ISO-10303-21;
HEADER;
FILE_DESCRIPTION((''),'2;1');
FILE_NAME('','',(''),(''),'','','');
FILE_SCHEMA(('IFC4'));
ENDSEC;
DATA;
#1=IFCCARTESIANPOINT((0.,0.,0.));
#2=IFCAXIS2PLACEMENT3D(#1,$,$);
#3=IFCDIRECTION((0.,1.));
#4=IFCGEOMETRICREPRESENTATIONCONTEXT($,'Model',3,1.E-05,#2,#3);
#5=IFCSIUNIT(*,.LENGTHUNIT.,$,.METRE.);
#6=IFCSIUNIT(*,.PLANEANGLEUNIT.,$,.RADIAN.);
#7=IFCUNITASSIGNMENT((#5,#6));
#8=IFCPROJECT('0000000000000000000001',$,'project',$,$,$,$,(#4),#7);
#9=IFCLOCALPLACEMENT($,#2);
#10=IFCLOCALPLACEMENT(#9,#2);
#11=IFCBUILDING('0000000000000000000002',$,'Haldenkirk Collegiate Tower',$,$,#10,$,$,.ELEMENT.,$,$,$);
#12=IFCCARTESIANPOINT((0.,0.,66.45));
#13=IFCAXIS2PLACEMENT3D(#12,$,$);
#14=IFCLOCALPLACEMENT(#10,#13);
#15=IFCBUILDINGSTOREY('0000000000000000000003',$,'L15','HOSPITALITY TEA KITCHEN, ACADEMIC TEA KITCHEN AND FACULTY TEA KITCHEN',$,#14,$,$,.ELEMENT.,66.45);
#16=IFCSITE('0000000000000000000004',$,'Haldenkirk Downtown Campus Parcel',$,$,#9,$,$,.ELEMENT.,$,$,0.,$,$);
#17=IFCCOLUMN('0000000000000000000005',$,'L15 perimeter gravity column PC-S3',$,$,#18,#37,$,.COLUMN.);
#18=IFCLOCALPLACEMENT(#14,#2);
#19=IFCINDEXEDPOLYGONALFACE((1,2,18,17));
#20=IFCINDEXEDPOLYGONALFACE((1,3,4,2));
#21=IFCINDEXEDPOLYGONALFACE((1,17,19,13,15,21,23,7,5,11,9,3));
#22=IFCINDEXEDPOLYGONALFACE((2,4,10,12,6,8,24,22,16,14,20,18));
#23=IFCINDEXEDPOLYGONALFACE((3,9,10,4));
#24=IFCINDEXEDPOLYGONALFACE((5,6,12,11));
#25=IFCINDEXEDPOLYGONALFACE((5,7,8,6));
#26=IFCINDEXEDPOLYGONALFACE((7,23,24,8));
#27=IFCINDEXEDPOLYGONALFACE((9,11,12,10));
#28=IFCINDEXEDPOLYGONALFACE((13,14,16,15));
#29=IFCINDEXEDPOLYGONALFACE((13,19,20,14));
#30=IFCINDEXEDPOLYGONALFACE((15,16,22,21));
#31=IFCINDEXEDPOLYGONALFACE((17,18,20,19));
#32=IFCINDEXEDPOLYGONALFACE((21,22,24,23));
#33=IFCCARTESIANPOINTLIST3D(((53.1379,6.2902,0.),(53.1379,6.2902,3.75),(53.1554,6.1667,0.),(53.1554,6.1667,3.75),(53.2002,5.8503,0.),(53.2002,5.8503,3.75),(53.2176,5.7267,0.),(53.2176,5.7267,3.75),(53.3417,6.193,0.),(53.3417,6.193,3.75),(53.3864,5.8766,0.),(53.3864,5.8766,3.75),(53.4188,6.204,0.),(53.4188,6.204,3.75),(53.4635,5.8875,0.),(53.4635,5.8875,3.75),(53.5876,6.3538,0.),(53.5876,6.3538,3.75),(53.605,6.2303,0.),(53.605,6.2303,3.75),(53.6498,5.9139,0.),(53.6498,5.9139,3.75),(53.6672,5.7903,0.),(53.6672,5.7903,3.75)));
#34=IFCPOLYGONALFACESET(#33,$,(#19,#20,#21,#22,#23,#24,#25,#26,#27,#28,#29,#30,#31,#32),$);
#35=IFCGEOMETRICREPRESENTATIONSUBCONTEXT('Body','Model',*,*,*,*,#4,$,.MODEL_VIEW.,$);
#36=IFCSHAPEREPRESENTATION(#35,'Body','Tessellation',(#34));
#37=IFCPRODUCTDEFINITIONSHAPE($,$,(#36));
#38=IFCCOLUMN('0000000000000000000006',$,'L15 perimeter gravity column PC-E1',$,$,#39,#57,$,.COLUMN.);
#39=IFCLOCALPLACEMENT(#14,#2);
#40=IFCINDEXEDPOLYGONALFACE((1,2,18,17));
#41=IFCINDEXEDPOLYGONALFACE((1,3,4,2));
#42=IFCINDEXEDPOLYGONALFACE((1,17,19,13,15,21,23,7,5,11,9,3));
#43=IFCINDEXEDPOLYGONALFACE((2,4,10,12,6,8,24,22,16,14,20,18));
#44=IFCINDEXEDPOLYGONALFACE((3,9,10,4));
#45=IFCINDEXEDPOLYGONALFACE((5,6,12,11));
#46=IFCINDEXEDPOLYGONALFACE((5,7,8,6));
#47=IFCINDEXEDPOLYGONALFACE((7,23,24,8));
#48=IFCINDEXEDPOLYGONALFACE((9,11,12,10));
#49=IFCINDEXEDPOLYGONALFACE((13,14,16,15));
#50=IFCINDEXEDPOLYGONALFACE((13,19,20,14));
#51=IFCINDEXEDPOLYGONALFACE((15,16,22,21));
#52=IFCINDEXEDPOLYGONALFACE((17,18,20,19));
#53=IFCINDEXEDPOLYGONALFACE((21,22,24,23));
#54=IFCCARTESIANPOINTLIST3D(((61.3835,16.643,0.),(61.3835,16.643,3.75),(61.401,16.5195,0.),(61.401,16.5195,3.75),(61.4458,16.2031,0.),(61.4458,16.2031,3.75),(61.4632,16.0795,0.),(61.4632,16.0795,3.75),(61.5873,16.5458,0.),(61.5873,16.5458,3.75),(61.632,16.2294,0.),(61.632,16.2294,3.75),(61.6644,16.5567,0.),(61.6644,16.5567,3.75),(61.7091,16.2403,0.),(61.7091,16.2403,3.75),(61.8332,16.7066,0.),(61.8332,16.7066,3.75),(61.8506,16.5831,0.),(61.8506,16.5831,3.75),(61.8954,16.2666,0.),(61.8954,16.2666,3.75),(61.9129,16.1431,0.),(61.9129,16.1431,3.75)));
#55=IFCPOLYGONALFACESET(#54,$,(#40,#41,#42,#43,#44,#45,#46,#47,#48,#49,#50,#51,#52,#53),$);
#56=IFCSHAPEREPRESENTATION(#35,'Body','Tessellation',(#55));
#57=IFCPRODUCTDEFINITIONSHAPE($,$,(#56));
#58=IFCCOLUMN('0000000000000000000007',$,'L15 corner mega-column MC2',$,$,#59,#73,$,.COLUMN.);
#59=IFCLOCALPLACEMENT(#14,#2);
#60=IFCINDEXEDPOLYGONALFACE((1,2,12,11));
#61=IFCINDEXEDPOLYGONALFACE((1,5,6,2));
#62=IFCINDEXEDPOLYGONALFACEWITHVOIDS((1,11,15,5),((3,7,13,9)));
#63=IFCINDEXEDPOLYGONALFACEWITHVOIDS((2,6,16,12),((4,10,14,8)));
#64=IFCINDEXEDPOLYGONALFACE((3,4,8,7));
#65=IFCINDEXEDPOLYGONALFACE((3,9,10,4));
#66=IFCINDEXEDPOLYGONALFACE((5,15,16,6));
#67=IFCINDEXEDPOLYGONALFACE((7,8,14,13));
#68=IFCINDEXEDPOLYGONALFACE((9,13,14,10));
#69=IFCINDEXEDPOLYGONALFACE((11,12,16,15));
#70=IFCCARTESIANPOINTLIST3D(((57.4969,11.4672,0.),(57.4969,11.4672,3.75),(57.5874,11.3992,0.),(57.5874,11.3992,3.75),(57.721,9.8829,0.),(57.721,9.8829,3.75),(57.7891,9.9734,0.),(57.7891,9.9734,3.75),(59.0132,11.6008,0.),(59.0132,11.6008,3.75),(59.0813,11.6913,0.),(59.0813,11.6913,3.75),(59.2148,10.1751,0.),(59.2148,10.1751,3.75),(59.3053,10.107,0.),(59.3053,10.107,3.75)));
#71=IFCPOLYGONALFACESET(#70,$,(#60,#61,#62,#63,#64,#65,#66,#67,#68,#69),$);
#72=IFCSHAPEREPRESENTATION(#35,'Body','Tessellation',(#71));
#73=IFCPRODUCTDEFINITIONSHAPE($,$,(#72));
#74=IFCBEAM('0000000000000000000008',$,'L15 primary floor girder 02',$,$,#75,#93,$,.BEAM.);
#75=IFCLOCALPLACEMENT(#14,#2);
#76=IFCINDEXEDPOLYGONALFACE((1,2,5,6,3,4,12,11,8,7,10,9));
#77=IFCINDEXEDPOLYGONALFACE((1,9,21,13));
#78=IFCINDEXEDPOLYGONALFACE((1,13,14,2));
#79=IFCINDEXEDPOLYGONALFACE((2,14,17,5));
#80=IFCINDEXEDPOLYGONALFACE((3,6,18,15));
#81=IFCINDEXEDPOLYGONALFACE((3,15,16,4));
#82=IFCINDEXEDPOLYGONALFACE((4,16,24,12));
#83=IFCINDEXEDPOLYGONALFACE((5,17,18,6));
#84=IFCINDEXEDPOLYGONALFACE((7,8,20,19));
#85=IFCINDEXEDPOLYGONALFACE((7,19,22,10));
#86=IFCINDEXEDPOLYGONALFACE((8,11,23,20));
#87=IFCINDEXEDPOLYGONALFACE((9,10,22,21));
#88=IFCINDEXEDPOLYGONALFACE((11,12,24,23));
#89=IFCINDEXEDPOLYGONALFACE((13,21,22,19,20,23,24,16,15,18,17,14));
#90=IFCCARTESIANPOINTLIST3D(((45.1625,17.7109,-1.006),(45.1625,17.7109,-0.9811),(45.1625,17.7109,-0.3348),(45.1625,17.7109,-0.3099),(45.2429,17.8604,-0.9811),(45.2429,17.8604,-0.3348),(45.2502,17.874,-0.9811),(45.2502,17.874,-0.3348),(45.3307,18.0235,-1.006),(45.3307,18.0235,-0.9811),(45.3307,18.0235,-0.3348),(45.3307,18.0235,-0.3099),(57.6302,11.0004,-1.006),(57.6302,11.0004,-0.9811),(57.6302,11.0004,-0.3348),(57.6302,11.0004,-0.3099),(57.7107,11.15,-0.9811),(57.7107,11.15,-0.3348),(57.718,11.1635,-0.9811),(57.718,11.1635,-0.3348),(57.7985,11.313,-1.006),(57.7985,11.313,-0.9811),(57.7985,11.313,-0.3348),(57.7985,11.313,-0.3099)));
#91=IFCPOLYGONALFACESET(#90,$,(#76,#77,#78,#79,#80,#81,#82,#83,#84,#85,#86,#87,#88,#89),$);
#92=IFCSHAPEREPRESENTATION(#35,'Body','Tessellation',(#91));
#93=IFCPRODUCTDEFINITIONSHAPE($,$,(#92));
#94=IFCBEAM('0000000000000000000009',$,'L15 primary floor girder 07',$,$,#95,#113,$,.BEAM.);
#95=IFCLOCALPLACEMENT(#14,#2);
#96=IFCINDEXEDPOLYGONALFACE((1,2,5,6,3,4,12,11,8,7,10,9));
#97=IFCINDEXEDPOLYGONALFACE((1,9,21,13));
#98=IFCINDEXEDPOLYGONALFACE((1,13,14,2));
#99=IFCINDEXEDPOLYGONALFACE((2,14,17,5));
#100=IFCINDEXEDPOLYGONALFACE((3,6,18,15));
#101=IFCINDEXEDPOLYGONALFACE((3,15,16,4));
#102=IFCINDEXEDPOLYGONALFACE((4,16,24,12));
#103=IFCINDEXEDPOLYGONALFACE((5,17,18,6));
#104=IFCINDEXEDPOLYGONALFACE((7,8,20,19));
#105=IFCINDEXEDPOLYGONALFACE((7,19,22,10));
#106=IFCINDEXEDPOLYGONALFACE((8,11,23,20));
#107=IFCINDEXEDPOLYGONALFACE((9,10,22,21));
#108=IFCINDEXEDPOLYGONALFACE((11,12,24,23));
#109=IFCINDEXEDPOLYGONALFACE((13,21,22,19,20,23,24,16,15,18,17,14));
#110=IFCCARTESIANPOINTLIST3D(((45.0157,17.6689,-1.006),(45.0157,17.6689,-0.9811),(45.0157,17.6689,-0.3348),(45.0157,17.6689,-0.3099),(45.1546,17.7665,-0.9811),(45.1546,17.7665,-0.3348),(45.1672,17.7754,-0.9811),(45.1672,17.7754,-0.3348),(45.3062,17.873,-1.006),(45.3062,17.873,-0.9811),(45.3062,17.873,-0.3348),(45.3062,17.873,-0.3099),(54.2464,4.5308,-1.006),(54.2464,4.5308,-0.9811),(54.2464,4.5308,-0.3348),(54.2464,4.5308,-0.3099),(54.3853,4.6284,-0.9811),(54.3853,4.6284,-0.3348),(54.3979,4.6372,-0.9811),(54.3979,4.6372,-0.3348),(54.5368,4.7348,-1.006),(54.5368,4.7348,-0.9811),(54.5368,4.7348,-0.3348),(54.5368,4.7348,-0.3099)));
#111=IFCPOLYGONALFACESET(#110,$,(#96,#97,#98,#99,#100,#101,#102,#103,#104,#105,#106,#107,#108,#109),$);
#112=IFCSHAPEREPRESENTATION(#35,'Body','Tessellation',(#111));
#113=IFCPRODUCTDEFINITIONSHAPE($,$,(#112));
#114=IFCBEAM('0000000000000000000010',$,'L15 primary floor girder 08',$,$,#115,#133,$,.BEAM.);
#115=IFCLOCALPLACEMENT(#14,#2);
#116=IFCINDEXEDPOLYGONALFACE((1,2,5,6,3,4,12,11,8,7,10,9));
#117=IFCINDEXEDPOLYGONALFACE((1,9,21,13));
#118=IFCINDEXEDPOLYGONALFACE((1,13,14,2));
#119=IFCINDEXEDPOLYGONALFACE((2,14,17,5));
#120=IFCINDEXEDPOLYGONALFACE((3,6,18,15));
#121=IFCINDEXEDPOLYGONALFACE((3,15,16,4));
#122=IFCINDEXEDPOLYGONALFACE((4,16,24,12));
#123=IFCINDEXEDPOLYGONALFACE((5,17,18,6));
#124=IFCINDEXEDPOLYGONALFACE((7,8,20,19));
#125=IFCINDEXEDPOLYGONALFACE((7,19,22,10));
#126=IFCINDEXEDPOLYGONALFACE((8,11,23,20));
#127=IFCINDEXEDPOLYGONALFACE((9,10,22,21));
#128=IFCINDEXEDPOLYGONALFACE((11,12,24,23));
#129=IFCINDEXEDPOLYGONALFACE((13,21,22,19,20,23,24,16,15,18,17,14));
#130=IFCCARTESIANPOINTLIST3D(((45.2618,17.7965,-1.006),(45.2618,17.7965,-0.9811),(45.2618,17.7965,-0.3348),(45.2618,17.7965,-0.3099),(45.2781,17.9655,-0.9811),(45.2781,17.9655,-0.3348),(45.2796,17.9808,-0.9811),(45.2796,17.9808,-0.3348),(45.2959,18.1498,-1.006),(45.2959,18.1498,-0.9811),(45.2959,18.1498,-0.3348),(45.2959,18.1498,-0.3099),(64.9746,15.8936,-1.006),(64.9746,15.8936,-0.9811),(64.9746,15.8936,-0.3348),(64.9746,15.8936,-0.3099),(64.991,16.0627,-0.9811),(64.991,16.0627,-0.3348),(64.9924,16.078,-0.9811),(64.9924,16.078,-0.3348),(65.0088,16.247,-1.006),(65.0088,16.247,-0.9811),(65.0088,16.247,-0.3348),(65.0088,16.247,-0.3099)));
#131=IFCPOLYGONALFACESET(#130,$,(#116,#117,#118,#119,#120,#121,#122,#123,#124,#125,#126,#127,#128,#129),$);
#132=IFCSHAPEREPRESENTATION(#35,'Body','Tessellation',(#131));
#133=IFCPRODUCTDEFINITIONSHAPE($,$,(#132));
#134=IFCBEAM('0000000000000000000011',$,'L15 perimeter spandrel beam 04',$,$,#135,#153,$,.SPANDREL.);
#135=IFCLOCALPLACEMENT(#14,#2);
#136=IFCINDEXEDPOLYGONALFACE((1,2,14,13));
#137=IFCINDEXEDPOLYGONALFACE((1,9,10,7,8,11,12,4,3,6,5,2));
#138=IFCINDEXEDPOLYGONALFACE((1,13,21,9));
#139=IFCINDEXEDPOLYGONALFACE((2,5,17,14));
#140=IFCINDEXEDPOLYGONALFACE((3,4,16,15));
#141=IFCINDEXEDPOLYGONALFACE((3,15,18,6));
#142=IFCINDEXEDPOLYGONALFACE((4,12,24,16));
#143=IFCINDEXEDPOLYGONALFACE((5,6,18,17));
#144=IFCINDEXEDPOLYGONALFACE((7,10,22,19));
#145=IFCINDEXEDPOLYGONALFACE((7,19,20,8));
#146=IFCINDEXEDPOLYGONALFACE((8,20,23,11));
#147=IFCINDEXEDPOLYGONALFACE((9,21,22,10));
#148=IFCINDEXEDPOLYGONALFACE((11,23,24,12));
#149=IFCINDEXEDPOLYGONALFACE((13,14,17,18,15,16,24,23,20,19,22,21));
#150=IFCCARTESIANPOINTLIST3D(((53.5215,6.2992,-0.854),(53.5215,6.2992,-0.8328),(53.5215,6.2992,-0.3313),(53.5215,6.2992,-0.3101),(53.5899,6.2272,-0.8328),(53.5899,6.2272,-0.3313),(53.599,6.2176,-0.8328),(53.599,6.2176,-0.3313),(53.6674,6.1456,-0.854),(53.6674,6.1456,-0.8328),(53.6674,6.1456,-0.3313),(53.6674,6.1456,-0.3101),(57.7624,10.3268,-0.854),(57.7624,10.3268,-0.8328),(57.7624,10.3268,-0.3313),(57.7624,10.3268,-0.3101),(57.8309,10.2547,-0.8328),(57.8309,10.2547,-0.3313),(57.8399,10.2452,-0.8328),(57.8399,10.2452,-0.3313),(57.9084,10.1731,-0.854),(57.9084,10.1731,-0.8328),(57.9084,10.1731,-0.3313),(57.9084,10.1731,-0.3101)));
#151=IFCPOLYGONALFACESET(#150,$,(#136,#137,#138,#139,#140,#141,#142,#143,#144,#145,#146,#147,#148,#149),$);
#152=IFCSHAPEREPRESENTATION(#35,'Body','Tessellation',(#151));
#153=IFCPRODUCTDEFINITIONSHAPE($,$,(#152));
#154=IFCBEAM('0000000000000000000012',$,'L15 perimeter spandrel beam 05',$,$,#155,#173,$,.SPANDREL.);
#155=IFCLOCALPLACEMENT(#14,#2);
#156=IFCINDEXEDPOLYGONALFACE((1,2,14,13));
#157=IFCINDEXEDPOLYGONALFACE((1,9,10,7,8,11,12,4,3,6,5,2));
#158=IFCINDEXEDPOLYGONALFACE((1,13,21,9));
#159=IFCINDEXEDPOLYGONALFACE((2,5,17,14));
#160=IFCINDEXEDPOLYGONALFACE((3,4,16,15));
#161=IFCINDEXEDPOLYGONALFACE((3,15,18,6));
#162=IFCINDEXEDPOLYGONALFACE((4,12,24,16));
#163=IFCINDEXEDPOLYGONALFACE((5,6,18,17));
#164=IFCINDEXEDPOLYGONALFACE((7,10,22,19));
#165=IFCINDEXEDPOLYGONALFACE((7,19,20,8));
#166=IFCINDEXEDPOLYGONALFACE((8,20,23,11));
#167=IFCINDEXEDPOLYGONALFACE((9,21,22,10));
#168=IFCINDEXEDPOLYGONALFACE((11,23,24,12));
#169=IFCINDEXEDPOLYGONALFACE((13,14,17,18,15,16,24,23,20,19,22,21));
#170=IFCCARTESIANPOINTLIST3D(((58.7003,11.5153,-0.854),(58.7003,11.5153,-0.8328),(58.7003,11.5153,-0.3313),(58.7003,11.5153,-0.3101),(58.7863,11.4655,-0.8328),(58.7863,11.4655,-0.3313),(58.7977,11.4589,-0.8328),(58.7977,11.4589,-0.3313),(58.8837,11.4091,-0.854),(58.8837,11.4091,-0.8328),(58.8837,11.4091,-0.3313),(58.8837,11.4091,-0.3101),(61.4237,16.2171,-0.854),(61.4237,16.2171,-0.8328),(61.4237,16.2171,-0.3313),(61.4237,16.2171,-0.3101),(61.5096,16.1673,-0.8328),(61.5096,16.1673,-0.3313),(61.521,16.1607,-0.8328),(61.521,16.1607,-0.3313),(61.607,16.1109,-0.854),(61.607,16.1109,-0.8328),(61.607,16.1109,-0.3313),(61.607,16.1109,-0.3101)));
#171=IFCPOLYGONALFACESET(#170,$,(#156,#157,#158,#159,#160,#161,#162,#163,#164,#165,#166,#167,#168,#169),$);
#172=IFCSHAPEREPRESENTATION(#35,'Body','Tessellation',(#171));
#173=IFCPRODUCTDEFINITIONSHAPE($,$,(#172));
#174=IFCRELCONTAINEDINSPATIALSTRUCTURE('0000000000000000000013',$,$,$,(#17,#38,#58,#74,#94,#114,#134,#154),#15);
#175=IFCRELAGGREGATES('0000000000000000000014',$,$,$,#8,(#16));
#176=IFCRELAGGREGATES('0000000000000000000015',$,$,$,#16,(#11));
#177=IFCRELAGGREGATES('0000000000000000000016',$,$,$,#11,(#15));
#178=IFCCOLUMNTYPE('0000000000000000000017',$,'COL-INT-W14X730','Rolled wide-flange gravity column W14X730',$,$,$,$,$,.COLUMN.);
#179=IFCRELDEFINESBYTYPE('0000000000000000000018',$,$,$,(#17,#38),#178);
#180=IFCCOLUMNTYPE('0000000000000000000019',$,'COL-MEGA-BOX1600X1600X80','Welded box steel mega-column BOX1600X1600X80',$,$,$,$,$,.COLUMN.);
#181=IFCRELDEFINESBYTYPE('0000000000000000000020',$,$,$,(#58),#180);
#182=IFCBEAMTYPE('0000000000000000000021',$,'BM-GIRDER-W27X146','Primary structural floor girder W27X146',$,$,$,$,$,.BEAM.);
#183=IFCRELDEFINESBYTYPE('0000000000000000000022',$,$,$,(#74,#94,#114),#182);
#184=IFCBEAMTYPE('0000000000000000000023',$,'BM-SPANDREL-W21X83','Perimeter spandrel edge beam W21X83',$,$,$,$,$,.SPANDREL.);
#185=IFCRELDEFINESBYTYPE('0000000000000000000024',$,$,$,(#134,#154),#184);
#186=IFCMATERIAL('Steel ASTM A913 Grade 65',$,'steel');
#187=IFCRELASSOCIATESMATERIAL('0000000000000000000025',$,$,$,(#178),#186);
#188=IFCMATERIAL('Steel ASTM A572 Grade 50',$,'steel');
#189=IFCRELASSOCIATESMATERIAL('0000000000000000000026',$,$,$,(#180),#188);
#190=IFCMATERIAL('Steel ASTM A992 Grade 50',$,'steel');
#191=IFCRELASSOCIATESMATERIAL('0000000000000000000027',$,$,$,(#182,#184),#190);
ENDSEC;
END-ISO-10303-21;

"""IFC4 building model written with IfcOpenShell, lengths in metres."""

from ifc_helpers import new_model, si_unit, direction, frame, origin, origin_2d, place, context, subcontext, project, spatial, hollow_rectangle, i_section, extrude, material, material_profile, profile_set, type_object, element, save


model = new_model("IFC4")

# Units and contexts
model_context = context("Model", 3, precision=1e-05, world=origin(), true_north=direction((0.0, 1.0)))
body_context = subcontext(model_context, "Body", "Model", "MODEL_VIEW")
ifc_project = project(units=[si_unit("LENGTHUNIT", "METRE"), si_unit("PLANEANGLEUNIT", "RADIAN")], contexts=[model_context])

# Site, building, storey
site_placement = place(None, origin())
site = spatial("IfcSite", under=ifc_project, at=site_placement, Name="Haldenkirk Downtown Campus Parcel", CompositionType="ELEMENT", RefElevation=0.0)
building_placement = place(site_placement, origin())
building = spatial("IfcBuilding", under=site, at=building_placement, Name="Haldenkirk Collegiate Tower", CompositionType="ELEMENT")
storey_placement = place(building_placement, frame((0.0, 0.0, 66.45)))
storey = spatial("IfcBuildingStorey", under=building, at=storey_placement, Name="L15", Description="HOSPITALITY TEA KITCHEN, ACADEMIC TEA KITCHEN AND FACULTY TEA KITCHEN", CompositionType="ELEMENT", Elevation=66.45)

# Columns
ifc_material_1 = material(Name="Steel ASTM A913 Grade 65", Category="steel")
ifc_material_profile_1 = material_profile(ifc_material_1, i_section(OverallWidth=0.4541, OverallDepth=0.5691, WebThickness=0.0779, FlangeThickness=0.1248, at=origin_2d()), Name="W14X730")
ifc_profile_set_1 = profile_set([ifc_material_profile_1], Name="Steel ASTM A913 Grade 65")
column_type_1 = type_object("IfcColumnType", Name="COL-INT-W14X730", Description="Rolled wide-flange gravity column W14X730", PredefinedType="COLUMN", material=ifc_profile_set_1)
for number, where, z_axis, x_axis, name in (
    (1, (53.4026, 6.0403, 0.0), (0.0, 0.0, 1.0), (0.990146, 0.140037, 0.0), "L15 perimeter gravity column PC-S3"),
    (2, (61.6482, 16.3931, 0.0), (0.0, 0.0, 1.0), (0.990146, 0.140037, 0.0), "L15 perimeter gravity column PC-E1"),
):
    element("IfcColumn", number, at=place(storey_placement, frame(where, z_axis=z_axis, x_axis=x_axis)), inside=storey, type_object=column_type_1, Name=name, PredefinedType="COLUMN", context=body_context, shape_type="SweptSolid", body=[
        extrude(i_section(OverallWidth=0.4541, OverallDepth=0.5691, WebThickness=0.0779, FlangeThickness=0.1248, at=origin_2d()), origin(), (0.0, 0.0, 1.0), 3.75),
    ])
ifc_material_2 = material(Name="Steel ASTM A572 Grade 50", Category="steel")
ifc_material_profile_2 = material_profile(ifc_material_2, hollow_rectangle(XDim=1.6001, YDim=1.6001, WallThickness=0.0801, at=origin_2d()), Name="BOX1600X1600X80")
ifc_profile_set_2 = profile_set([ifc_material_profile_2], Name="Steel ASTM A572 Grade 50")
column_type_2 = type_object("IfcColumnType", Name="COL-MEGA-BOX1600X1600X80", Description="Welded box steel mega-column BOX1600X1600X80", PredefinedType="COLUMN", material=ifc_profile_set_2)
column_placement = place(storey_placement, frame((58.4011, 10.7871, 0.0), z_axis=(0.0, 0.0, 1.0), x_axis=(0.990146, 0.140037, 0.0)))
element("IfcColumn", 3, at=column_placement, inside=storey, type_object=column_type_2, Name="L15 corner mega-column MC2", PredefinedType="COLUMN", context=body_context, shape_type="SweptSolid", body=[
    extrude(hollow_rectangle(XDim=1.6001, YDim=1.6001, WallThickness=0.0801, at=origin_2d()), origin(), (0.0, 0.0, 1.0), 3.75),
])

# Beams
ifc_material_3 = material(Name="Steel ASTM A992 Grade 50", Category="steel")
ifc_material_profile_3 = material_profile(ifc_material_3, i_section(OverallWidth=0.355, OverallDepth=0.696, WebThickness=0.0154, FlangeThickness=0.0249, at=origin_2d()), Name="W27X146")
ifc_profile_set_3 = profile_set([ifc_material_profile_3], Name="Steel ASTM A992 Grade 50")
beam_type_1 = type_object("IfcBeamType", Name="BM-GIRDER-W27X146", Description="Primary structural floor girder W27X146", PredefinedType="BEAM", material=ifc_profile_set_3)
beam_1_placement = place(storey_placement, frame((57.7144, 11.1567, -0.658), z_axis=(-0.880559, 0.473937, 0.0), x_axis=(-0.473937, -0.880559, 0.0)))
element("IfcBeam", 4, at=beam_1_placement, inside=storey, type_object=beam_type_1, Name="L15 primary floor girder 02", PredefinedType="BEAM", context=body_context, shape_type="SweptSolid", body=[
    extrude(i_section(OverallWidth=0.355, OverallDepth=0.696, WebThickness=0.0154, FlangeThickness=0.0249, at=origin_2d()), origin(), (0.0, 0.0, 1.0), 14.1589),
])
beam_2_placement = place(storey_placement, frame((54.3916, 4.6328, -0.658), z_axis=(-0.574882, 0.818236, 0.0), x_axis=(-0.818236, -0.574882, 0.0)))
element("IfcBeam", 5, at=beam_2_placement, inside=storey, type_object=beam_type_1, Name="L15 primary floor girder 07", PredefinedType="BEAM", context=body_context, shape_type="SweptSolid", body=[
    extrude(i_section(OverallWidth=0.355, OverallDepth=0.696, WebThickness=0.0154, FlangeThickness=0.0249, at=origin_2d()), origin(), (0.0, 0.0, 1.0), 16.0566),
])
beam_3_placement = place(storey_placement, frame((64.9917, 16.0703, -0.658), z_axis=(-0.995374, 0.096081, 0.0), x_axis=(-0.096081, -0.995374, 0.0)))
element("IfcBeam", 6, at=beam_3_placement, inside=storey, type_object=beam_type_1, Name="L15 primary floor girder 08", PredefinedType="BEAM", context=body_context, shape_type="SweptSolid", body=[
    extrude(i_section(OverallWidth=0.355, OverallDepth=0.696, WebThickness=0.0154, FlangeThickness=0.0249, at=origin_2d()), origin(), (0.0, 0.0, 1.0), 19.8044),
])
ifc_material_profile_4 = material_profile(ifc_material_3, i_section(OverallWidth=0.2119, OverallDepth=0.5439, WebThickness=0.0132, FlangeThickness=0.0212, at=origin_2d()), Name="W21X83")
ifc_profile_set_4 = profile_set([ifc_material_profile_4], Name="Steel ASTM A992 Grade 50")
beam_type_2 = type_object("IfcBeamType", Name="BM-SPANDREL-W21X83", Description="Perimeter spandrel edge beam W21X83", PredefinedType="SPANDREL", material=ifc_profile_set_4)
beam_4_placement = place(storey_placement, frame((53.5945, 6.2224, -0.582), z_axis=(0.725113, 0.68863, 0.0), x_axis=(-0.68863, 0.725113, 0.0)))
element("IfcBeam", 7, at=beam_4_placement, inside=storey, type_object=beam_type_2, Name="L15 perimeter spandrel beam 04", PredefinedType="SPANDREL", context=body_context, shape_type="SweptSolid", body=[
    extrude(i_section(OverallWidth=0.2119, OverallDepth=0.5439, WebThickness=0.0132, FlangeThickness=0.0212, at=origin_2d()), origin(), (0.0, 0.0, 1.0), 5.8486),
])
beam_5_placement = place(storey_placement, frame((58.792, 11.4622, -0.582), z_axis=(0.501206, 0.865328, 0.0), x_axis=(-0.865328, 0.501206, 0.0)))
element("IfcBeam", 8, at=beam_5_placement, inside=storey, type_object=beam_type_2, Name="L15 perimeter spandrel beam 05", PredefinedType="SPANDREL", context=body_context, shape_type="SweptSolid", body=[
    extrude(i_section(OverallWidth=0.2119, OverallDepth=0.5439, WebThickness=0.0132, FlangeThickness=0.0212, at=origin_2d()), origin(), (0.0, 0.0, 1.0), 5.4336),
])

save(model, "model.ifc")
